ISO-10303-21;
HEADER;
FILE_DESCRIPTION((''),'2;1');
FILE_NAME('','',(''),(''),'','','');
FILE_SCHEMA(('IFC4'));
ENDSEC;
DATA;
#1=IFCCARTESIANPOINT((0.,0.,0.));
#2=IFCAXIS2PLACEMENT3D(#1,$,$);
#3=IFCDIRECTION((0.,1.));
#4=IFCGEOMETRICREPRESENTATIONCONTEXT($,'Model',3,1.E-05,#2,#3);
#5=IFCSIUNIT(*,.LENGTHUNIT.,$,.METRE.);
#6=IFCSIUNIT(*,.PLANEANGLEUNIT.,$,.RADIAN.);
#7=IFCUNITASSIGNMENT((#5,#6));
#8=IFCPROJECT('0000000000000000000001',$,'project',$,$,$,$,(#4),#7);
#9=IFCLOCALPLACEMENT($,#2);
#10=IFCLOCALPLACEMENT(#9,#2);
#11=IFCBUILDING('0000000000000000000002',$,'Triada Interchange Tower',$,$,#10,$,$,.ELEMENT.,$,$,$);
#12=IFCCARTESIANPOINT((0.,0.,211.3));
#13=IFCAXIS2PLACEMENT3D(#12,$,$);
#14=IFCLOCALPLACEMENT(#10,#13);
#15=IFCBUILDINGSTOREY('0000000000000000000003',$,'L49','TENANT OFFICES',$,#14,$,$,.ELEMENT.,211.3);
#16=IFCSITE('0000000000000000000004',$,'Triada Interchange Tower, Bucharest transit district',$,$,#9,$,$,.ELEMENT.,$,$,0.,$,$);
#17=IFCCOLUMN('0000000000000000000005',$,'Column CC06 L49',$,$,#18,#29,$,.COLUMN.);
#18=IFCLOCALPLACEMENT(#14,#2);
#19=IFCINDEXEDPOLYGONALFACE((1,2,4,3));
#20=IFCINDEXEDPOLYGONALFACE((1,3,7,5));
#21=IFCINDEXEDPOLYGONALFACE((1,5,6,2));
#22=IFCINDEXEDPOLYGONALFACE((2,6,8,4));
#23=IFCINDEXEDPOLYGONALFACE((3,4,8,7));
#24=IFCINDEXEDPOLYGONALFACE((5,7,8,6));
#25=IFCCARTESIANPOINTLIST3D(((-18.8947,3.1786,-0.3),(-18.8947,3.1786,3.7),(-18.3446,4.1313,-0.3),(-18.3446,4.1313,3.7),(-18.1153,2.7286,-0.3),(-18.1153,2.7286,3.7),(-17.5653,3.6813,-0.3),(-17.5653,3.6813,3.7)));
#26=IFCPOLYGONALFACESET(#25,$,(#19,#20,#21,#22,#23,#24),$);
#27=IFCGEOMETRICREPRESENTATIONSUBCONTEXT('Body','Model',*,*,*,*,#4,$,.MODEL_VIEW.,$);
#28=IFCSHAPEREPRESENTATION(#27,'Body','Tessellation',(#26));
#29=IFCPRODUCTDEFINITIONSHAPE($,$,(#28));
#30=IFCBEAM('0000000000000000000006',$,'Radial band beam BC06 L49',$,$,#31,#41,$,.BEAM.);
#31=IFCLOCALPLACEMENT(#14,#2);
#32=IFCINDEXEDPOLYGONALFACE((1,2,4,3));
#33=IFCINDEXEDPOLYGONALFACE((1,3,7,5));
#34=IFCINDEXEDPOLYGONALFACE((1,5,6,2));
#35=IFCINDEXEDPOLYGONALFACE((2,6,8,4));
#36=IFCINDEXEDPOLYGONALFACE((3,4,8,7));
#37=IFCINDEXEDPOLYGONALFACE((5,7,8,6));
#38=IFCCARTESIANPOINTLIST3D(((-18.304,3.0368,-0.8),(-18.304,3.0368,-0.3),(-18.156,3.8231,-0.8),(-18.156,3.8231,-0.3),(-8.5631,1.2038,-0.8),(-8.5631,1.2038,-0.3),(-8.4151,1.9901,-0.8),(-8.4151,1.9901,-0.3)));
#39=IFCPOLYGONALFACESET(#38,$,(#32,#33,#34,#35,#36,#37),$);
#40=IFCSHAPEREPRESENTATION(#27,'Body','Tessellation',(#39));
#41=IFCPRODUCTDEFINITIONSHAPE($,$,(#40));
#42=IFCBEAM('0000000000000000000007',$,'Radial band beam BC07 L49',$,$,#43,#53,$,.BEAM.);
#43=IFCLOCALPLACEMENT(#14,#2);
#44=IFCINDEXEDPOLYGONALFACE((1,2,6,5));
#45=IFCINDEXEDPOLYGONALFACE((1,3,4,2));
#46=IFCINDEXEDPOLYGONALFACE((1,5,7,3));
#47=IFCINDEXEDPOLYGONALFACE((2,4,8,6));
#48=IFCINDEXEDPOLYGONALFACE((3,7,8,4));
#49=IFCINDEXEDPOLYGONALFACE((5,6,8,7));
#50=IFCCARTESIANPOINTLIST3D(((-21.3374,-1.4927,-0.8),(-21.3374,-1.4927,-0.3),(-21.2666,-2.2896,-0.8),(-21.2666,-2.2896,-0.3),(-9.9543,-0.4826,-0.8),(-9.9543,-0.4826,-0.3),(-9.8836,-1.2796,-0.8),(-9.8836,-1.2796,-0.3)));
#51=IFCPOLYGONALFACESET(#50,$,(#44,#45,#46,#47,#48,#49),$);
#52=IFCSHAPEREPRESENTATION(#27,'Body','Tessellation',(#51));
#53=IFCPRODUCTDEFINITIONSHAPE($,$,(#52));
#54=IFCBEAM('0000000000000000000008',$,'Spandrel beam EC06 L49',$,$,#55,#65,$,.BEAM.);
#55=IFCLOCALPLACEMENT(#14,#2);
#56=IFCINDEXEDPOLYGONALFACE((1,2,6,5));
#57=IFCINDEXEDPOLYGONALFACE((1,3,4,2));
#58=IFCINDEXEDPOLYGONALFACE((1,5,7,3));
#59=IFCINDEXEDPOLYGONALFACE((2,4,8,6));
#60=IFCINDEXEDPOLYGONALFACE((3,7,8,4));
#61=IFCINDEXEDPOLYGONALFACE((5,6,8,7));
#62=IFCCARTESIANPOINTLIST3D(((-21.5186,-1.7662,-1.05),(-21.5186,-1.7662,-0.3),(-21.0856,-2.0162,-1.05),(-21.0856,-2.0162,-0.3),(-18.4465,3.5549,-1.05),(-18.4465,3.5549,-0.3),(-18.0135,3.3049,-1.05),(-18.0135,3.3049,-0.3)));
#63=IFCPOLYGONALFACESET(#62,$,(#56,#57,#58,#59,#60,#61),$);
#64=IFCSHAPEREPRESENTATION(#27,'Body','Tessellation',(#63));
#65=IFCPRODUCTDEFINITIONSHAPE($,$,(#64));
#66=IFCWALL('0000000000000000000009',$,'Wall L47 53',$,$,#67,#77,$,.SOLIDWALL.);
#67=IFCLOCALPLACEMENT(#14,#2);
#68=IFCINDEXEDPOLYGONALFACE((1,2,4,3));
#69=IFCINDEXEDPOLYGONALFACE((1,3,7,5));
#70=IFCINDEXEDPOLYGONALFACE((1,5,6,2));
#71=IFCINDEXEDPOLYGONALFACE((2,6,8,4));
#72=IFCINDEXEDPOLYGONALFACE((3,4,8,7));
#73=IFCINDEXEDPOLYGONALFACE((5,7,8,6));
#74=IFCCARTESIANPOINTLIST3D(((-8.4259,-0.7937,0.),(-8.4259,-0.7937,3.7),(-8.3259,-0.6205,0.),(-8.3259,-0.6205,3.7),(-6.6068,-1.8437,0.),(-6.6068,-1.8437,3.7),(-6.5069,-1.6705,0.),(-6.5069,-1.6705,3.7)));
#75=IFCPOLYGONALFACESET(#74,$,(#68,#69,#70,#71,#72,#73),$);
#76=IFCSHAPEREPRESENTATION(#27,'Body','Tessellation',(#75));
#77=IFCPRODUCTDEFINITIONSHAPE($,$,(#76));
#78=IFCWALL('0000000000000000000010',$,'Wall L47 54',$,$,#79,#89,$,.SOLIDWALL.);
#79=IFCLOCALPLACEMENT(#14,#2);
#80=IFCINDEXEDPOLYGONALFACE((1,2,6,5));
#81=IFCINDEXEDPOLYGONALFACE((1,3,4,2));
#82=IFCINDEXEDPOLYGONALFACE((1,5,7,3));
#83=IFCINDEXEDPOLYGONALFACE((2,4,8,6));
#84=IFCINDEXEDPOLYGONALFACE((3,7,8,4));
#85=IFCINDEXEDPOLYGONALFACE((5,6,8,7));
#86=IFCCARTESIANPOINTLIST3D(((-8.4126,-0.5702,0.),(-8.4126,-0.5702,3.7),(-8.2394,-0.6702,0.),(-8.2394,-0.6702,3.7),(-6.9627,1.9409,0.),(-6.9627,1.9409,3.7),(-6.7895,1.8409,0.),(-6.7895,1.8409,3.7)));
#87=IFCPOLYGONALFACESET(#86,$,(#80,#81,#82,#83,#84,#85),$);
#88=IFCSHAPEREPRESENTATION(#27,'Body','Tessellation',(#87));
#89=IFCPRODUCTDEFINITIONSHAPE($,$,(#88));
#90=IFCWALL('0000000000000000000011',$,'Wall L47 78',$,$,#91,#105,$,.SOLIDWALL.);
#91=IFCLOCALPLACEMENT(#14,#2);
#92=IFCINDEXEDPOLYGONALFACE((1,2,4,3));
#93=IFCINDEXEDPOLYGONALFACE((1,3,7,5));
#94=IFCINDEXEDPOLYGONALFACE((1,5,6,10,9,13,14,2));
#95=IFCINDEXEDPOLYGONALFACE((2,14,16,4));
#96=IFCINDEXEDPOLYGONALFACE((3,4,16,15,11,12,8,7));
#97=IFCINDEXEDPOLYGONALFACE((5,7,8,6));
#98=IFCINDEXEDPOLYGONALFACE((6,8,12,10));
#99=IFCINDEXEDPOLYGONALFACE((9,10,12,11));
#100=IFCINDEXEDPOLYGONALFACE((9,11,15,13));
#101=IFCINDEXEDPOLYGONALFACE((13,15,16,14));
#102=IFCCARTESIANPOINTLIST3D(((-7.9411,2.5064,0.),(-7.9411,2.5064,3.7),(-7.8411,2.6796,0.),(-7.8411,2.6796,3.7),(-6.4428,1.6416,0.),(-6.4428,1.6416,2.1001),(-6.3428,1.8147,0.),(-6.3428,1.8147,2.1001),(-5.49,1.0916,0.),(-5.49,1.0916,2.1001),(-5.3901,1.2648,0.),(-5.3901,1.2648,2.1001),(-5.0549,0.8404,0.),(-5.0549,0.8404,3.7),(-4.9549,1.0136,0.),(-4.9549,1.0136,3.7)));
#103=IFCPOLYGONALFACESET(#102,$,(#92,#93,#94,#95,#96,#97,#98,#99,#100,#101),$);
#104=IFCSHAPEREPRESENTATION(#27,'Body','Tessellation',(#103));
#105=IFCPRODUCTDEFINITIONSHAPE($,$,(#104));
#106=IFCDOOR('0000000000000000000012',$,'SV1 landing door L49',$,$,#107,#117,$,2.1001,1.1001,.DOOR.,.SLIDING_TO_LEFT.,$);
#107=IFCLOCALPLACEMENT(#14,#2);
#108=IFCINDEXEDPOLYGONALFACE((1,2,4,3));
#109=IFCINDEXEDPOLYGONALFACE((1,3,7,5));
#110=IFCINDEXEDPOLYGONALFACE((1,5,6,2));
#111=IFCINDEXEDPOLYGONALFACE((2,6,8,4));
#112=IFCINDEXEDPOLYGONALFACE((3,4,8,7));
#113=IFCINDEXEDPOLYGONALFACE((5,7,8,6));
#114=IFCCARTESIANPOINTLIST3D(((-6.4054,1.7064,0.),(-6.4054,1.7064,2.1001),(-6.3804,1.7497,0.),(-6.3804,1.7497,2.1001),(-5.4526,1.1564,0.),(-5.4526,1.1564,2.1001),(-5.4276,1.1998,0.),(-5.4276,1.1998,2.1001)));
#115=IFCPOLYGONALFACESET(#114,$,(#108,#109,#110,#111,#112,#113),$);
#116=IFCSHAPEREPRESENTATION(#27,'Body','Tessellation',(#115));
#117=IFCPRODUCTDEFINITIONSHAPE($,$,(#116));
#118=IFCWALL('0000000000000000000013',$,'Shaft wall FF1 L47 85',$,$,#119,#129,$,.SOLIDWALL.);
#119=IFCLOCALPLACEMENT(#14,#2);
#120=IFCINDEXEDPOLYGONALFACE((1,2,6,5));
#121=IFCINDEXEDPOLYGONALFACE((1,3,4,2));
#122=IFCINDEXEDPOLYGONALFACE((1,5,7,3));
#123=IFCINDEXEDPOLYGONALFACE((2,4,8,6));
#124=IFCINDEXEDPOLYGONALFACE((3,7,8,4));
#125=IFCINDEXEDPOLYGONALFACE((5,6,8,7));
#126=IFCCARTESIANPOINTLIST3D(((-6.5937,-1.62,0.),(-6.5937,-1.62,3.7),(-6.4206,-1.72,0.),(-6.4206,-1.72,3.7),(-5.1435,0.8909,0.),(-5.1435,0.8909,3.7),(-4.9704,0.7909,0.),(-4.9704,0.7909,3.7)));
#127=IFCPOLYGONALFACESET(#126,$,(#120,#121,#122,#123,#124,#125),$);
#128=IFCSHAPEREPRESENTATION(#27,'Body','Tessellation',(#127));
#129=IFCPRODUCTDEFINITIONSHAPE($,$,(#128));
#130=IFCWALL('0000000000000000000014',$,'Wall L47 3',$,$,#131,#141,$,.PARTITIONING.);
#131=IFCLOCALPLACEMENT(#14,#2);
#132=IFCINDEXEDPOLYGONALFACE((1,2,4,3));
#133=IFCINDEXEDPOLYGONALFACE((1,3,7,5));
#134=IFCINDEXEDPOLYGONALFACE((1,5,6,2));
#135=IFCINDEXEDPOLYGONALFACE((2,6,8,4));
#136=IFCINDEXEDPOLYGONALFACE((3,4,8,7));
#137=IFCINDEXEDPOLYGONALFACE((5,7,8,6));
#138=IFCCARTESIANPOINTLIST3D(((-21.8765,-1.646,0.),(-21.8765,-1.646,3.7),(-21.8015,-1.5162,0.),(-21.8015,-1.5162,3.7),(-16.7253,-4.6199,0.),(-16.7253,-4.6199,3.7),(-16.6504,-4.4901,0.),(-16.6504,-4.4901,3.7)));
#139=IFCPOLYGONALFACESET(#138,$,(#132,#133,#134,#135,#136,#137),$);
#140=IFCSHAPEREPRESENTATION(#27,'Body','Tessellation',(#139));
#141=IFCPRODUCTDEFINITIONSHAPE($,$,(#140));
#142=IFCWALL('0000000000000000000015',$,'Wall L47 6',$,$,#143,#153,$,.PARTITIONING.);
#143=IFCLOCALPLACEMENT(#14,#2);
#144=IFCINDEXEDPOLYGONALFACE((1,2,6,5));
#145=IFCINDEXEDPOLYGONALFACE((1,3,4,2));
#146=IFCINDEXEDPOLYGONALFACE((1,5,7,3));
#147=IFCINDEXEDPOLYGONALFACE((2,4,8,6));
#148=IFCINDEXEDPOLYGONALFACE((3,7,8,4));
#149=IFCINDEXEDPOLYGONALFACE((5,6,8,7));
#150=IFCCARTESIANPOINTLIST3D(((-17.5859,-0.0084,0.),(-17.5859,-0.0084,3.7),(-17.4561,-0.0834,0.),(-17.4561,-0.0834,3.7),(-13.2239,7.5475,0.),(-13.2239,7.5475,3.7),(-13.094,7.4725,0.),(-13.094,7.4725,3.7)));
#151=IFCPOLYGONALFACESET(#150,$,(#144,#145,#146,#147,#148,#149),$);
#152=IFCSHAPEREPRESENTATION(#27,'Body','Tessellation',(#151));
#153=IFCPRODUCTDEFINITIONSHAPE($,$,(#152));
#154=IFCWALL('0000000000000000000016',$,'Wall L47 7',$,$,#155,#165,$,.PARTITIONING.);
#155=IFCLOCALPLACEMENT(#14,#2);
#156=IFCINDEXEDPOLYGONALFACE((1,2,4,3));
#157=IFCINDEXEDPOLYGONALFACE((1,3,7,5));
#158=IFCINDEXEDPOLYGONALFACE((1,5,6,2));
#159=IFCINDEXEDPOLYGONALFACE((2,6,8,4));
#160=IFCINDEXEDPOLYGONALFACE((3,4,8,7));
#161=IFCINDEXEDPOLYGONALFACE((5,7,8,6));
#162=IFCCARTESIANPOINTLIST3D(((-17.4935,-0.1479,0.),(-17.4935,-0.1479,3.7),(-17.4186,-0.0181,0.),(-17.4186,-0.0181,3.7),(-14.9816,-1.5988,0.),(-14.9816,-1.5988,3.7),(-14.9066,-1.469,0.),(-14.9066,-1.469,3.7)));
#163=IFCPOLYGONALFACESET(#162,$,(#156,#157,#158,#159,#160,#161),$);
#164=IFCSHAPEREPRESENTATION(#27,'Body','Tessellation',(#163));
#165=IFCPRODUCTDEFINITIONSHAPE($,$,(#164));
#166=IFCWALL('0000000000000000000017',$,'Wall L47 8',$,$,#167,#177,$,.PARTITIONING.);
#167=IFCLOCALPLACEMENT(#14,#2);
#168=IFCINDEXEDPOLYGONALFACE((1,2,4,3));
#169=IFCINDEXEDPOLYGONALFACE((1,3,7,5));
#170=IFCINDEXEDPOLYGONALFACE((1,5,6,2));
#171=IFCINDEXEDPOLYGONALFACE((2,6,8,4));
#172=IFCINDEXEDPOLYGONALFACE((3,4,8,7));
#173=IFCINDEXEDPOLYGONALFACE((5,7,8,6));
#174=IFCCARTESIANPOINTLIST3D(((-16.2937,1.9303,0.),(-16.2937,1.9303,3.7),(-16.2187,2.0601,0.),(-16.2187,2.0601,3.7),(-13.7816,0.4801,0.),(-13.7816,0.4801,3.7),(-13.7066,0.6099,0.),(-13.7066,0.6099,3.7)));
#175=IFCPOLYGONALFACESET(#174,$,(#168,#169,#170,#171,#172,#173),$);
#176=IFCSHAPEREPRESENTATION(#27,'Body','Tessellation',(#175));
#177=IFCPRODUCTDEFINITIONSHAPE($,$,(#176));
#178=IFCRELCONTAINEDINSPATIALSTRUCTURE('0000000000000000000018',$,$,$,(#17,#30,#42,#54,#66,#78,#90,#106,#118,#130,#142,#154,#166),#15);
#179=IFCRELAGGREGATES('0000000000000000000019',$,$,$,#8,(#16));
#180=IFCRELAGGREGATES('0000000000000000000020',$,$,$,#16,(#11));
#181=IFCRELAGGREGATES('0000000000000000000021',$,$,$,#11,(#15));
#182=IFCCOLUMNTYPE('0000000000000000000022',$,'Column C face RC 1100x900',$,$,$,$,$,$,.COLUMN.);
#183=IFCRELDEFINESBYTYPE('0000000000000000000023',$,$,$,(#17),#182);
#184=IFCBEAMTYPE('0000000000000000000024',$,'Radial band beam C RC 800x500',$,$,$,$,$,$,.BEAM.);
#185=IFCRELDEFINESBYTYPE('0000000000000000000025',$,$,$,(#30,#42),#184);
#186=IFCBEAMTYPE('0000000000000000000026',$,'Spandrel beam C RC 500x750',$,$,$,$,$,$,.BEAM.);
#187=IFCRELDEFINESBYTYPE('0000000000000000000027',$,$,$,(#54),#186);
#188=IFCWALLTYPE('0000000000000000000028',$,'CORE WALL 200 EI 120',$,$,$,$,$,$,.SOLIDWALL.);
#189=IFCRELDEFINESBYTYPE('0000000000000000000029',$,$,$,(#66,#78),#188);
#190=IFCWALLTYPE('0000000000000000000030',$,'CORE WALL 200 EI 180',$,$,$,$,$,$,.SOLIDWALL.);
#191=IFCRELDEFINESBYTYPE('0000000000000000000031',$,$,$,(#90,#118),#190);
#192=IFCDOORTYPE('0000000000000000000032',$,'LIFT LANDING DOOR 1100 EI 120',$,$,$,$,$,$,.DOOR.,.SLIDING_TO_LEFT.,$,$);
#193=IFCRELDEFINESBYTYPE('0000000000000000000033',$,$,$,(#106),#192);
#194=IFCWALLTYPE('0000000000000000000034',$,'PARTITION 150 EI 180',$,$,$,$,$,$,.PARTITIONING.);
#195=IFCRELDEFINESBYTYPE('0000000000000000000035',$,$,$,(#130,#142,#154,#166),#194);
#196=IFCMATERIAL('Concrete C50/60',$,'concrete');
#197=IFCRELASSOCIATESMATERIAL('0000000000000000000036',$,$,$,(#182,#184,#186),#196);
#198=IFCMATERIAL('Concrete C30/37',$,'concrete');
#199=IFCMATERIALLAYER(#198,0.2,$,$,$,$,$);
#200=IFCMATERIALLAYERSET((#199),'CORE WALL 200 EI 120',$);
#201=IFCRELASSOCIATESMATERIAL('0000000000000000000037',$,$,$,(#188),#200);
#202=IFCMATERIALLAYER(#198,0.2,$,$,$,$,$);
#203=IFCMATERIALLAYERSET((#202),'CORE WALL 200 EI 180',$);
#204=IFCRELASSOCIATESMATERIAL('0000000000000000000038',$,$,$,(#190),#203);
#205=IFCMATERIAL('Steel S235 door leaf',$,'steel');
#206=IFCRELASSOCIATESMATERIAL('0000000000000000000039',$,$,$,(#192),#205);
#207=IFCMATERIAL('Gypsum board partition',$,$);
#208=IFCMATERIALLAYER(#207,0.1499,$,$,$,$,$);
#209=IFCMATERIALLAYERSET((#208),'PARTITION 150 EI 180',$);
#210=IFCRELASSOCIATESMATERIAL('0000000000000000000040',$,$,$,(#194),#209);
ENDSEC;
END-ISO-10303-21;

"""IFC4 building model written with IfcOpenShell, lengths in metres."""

from ifc_helpers import new_model, si_unit, direction, frame, frame_2d, origin, origin_2d, place, context, subcontext, project, spatial, rectangle, extrude, material, layer, layer_set, material_profile, profile_set, type_object, element, fill, save


model = new_model("IFC4")

# Units and contexts
model_context = context("Model", 3, precision=1e-05, world=origin(), true_north=direction((0.0, 1.0)))
body_context = subcontext(model_context, "Body", "Model", "MODEL_VIEW")
ifc_project = project(units=[si_unit("LENGTHUNIT", "METRE"), si_unit("PLANEANGLEUNIT", "RADIAN")], contexts=[model_context])

# Site, building, storey
site_placement = place(None, origin())
site = spatial("IfcSite", under=ifc_project, at=site_placement, Name="Triada Interchange Tower, Bucharest transit district", CompositionType="ELEMENT", RefElevation=0.0)
building_placement = place(site_placement, origin())
building = spatial("IfcBuilding", under=site, at=building_placement, Name="Triada Interchange Tower", CompositionType="ELEMENT")
storey_placement = place(building_placement, frame((0.0, 0.0, 211.3)))
storey = spatial("IfcBuildingStorey", under=building, at=storey_placement, Name="L49", Description="TENANT OFFICES", CompositionType="ELEMENT", Elevation=211.3)

# Column
ifc_material_1 = material(Name="Concrete C50/60", Category="concrete")
ifc_material_profile_1 = material_profile(ifc_material_1, rectangle(XDim=1.1001, YDim=0.8999, at=origin_2d()), Name="RC 1100x900")
ifc_profile_set_1 = profile_set([ifc_material_profile_1], Name="Concrete C50/60")
column_type = type_object("IfcColumnType", Name="Column C face RC 1100x900", PredefinedType="COLUMN", material=ifc_profile_set_1)
column_placement = place(storey_placement, frame((-18.23, 3.4299, -0.3), z_axis=(0.0, 0.0, 1.0), x_axis=(0.5, 0.866025, 0.0)))
element("IfcColumn", 1, at=column_placement, inside=storey, type_object=column_type, Name="Column CC06 L49", PredefinedType="COLUMN", context=body_context, shape_type="SweptSolid", body=[
    extrude(rectangle(XDim=1.1001, YDim=0.8999, at=origin_2d()), origin(), (0.0, 0.0, 1.0), 4.0),
])

# Beams
ifc_material_profile_2 = material_profile(ifc_material_1, rectangle(XDim=0.8, YDim=0.5, at=origin_2d()), Name="RC 800x500")
ifc_profile_set_2 = profile_set([ifc_material_profile_2], Name="Concrete C50/60")
beam_type_1 = type_object("IfcBeamType", Name="Radial band beam C RC 800x500", PredefinedType="BEAM", material=ifc_profile_set_2)
beam_1_placement = place(storey_placement, frame((-18.23, 3.4299, -0.55), z_axis=(0.982752, -0.184929, 0.0), x_axis=(0.184929, 0.982752, 0.0)))
element("IfcBeam", 2, at=beam_1_placement, inside=storey, type_object=beam_type_1, Name="Radial band beam BC06 L49", PredefinedType="BEAM", context=body_context, shape_type="SweptSolid", body=[
    extrude(rectangle(XDim=0.8, YDim=0.5, at=origin_2d()), origin(), (0.0, 0.0, 1.0), 9.9119),
])
beam_2_placement = place(storey_placement, frame((-21.302, -1.8911, -0.55), z_axis=(0.996087, 0.088382, 0.0), x_axis=(-0.088382, 0.996087, 0.0)))
element("IfcBeam", 3, at=beam_2_placement, inside=storey, type_object=beam_type_1, Name="Radial band beam BC07 L49", PredefinedType="BEAM", context=body_context, shape_type="SweptSolid", body=[
    extrude(rectangle(XDim=0.8, YDim=0.5, at=origin_2d()), origin(), (0.0, 0.0, 1.0), 11.4277),
])
ifc_material_profile_3 = material_profile(ifc_material_1, rectangle(XDim=0.5, YDim=0.75, at=origin_2d()), Name="RC 500x750")
ifc_profile_set_3 = profile_set([ifc_material_profile_3], Name="Concrete C50/60")
beam_type_2 = type_object("IfcBeamType", Name="Spandrel beam C RC 500x750", PredefinedType="BEAM", material=ifc_profile_set_3)
beam_3_placement = place(storey_placement, frame((-18.23, 3.4299, -0.675), z_axis=(-0.49999, -0.866031, 0.0), x_axis=(0.866031, -0.49999, 0.0)))
element("IfcBeam", 4, at=beam_3_placement, inside=storey, type_object=beam_type_2, Name="Spandrel beam EC06 L49", PredefinedType="BEAM", context=body_context, shape_type="SweptSolid", body=[
    extrude(rectangle(XDim=0.5, YDim=0.75, at=origin_2d()), origin(), (0.0, 0.0, 1.0), 6.1443),
])

# Walls
ifc_material_2 = material(Name="Concrete C30/37", Category="concrete")
ifc_layer_1 = layer(ifc_material_2, 0.2)
ifc_layer_set_1 = layer_set([ifc_layer_1], Name="CORE WALL 200 EI 120")
wall_type_1 = type_object("IfcWallType", Name="CORE WALL 200 EI 120", PredefinedType="SOLIDWALL", material=ifc_layer_set_1)
wall_1_placement = place(storey_placement, frame((-8.376, -0.707, 0.0), z_axis=(0.0, 0.0, 1.0), x_axis=(0.866068, -0.499927, 0.0)))
element("IfcWall", 5, at=wall_1_placement, inside=storey, type_object=wall_type_1, Name="Wall L47 53", PredefinedType="SOLIDWALL", context=body_context, shape_type="SweptSolid", body=[
    extrude(rectangle(XDim=2.1003, YDim=0.2, at=frame_2d((1.0503, 0.0))), origin(), (0.0, 0.0, 1.0), 3.7),
])
wall_2_placement = place(storey_placement, frame((-8.3259, -0.6201, 0.0), z_axis=(0.0, 0.0, 1.0), x_axis=(0.500024, 0.866012, 0.0)))
element("IfcWall", 6, at=wall_2_placement, inside=storey, type_object=wall_type_1, Name="Wall L47 54", PredefinedType="SOLIDWALL", context=body_context, shape_type="SweptSolid", body=[
    extrude(rectangle(XDim=2.8997, YDim=0.2, at=frame_2d((1.4497, 0.0))), origin(), (0.0, 0.0, 1.0), 3.7),
])

# Wall, opening, door
ifc_layer_2 = layer(ifc_material_2, 0.2)
ifc_layer_set_2 = layer_set([ifc_layer_2], Name="CORE WALL 200 EI 180")
wall_type_2 = type_object("IfcWallType", Name="CORE WALL 200 EI 180", PredefinedType="SOLIDWALL", material=ifc_layer_set_2)
wall_3_placement = place(storey_placement, frame((-7.8911, 2.593, 0.0), z_axis=(0.0, 0.0, 1.0), x_axis=(0.866071, -0.499921, 0.0)))
wall_3 = element("IfcWall", 7, at=wall_3_placement, inside=storey, type_object=wall_type_2, Name="Wall L47 78", PredefinedType="SOLIDWALL", context=body_context, shape_type="SweptSolid", body=[
    extrude(rectangle(XDim=3.3325, YDim=0.2, at=frame_2d((1.6663, 0.0))), origin(), (0.0, 0.0, 1.0), 3.7),
])
opening_1_placement = place(wall_3_placement, frame((1.73, 0.0, 0.0)))
opening_1 = element("IfcOpeningElement", 8, at=opening_1_placement, cuts=wall_3, PredefinedType="OPENING", context=body_context, shape_type="SweptSolid", body=[
    extrude(rectangle(XDim=1.1001, YDim=2.1001, at=frame_2d((0.55, 1.05))), frame((0.0, 0.1099, 0.0), z_axis=(0.0, -1.0, 0.0), x_axis=(1.0, 0.0, 0.0)), (0.0, 0.0, 1.0), 0.22),
])
ifc_material_3 = material(Name="Steel S235 door leaf", Category="steel")
door_type_1 = type_object("IfcDoorType", Name="LIFT LANDING DOOR 1100 EI 120", OperationType="SLIDING_TO_LEFT", PredefinedType="DOOR", material=ifc_material_3)
door_1_placement = place(opening_1_placement, origin())
door_1 = element("IfcDoor", 9, at=door_1_placement, inside=storey, type_object=door_type_1, Name="SV1 landing door L49", OperationType="SLIDING_TO_LEFT", OverallHeight=2.1001, OverallWidth=1.1001, PredefinedType="DOOR", context=body_context, shape_type="SweptSolid", body=[
    extrude(rectangle(XDim=1.1001, YDim=2.1001, at=frame_2d((0.55, 1.05))), frame((0.0, 0.0249, 0.0), z_axis=(0.0, -1.0, 0.0), x_axis=(1.0, 0.0, 0.0)), (0.0, 0.0, 1.0), 0.05),
])
fill(opening_1, door_1)

# Walls
wall_4_placement = place(storey_placement, frame((-6.5071, -1.6699, 0.0), z_axis=(0.0, 0.0, 1.0), x_axis=(0.500123, 0.865954, 0.0)))
element("IfcWall", 10, at=wall_4_placement, inside=storey, type_object=wall_type_2, Name="Shaft wall FF1 L47 85", PredefinedType="SOLIDWALL", context=body_context, shape_type="SweptSolid", body=[
    extrude(rectangle(XDim=2.8997, YDim=0.2, at=frame_2d((1.4497, 0.0))), origin(), (0.0, 0.0, 1.0), 3.7),
])
ifc_material_4 = material(Name="Gypsum board partition")
ifc_layer_3 = layer(ifc_material_4, 0.1499)
ifc_layer_set_3 = layer_set([ifc_layer_3], Name="PARTITION 150 EI 180")
wall_type_3 = type_object("IfcWallType", Name="PARTITION 150 EI 180", PredefinedType="PARTITIONING", material=ifc_layer_set_3)
wall_5_placement = place(storey_placement, frame((-21.8391, -1.5811, 0.0), z_axis=(0.0, 0.0, 1.0), x_axis=(0.866035, -0.499984, 0.0)))
element("IfcWall", 11, at=wall_5_placement, inside=storey, type_object=wall_type_3, Name="Wall L47 3", PredefinedType="PARTITIONING", context=body_context, shape_type="SweptSolid", body=[
    extrude(rectangle(XDim=5.948, YDim=0.1499, at=frame_2d((2.9741, 0.0))), origin(), (0.0, 0.0, 1.0), 3.7),
])
wall_6_placement = place(storey_placement, frame((-17.521, -0.0459, 0.0), z_axis=(0.0, 0.0, 1.0), x_axis=(0.49997, 0.866043, 0.0)))
element("IfcWall", 12, at=wall_6_placement, inside=storey, type_object=wall_type_3, Name="Wall L47 6", PredefinedType="PARTITIONING", context=body_context, shape_type="SweptSolid", body=[
    extrude(rectangle(XDim=8.7246, YDim=0.1499, at=frame_2d((4.3623, 0.0))), origin(), (0.0, 0.0, 1.0), 3.7),
])
wall_7_placement = place(storey_placement, frame((-17.4561, -0.083, 0.0), z_axis=(0.0, 0.0, 1.0), x_axis=(0.865929, -0.500167, 0.0)))
element("IfcWall", 13, at=wall_7_placement, inside=storey, type_object=wall_type_3, Name="Wall L47 7", PredefinedType="PARTITIONING", context=body_context, shape_type="SweptSolid", body=[
    extrude(rectangle(XDim=2.9009, YDim=0.1499, at=frame_2d((1.4504, 0.0))), origin(), (0.0, 0.0, 1.0), 3.7),
])
for number, where, z_axis, x_axis, name in (
    (14, (-16.2561, 1.9951, 0.0), (0.0, 0.0, 1.0), (0.866059, -0.499941, 0.0), "Wall L47 8"),
):
    element("IfcWall", number, at=place(storey_placement, frame(where, z_axis=z_axis, x_axis=x_axis)), inside=storey, type_object=wall_type_3, Name=name, PredefinedType="PARTITIONING", context=body_context, shape_type="SweptSolid", body=[
        extrude(rectangle(XDim=2.9006, YDim=0.1499, at=frame_2d((1.4502, 0.0))), origin(), (0.0, 0.0, 1.0), 3.7),
    ])

save(model, "model.ifc")
